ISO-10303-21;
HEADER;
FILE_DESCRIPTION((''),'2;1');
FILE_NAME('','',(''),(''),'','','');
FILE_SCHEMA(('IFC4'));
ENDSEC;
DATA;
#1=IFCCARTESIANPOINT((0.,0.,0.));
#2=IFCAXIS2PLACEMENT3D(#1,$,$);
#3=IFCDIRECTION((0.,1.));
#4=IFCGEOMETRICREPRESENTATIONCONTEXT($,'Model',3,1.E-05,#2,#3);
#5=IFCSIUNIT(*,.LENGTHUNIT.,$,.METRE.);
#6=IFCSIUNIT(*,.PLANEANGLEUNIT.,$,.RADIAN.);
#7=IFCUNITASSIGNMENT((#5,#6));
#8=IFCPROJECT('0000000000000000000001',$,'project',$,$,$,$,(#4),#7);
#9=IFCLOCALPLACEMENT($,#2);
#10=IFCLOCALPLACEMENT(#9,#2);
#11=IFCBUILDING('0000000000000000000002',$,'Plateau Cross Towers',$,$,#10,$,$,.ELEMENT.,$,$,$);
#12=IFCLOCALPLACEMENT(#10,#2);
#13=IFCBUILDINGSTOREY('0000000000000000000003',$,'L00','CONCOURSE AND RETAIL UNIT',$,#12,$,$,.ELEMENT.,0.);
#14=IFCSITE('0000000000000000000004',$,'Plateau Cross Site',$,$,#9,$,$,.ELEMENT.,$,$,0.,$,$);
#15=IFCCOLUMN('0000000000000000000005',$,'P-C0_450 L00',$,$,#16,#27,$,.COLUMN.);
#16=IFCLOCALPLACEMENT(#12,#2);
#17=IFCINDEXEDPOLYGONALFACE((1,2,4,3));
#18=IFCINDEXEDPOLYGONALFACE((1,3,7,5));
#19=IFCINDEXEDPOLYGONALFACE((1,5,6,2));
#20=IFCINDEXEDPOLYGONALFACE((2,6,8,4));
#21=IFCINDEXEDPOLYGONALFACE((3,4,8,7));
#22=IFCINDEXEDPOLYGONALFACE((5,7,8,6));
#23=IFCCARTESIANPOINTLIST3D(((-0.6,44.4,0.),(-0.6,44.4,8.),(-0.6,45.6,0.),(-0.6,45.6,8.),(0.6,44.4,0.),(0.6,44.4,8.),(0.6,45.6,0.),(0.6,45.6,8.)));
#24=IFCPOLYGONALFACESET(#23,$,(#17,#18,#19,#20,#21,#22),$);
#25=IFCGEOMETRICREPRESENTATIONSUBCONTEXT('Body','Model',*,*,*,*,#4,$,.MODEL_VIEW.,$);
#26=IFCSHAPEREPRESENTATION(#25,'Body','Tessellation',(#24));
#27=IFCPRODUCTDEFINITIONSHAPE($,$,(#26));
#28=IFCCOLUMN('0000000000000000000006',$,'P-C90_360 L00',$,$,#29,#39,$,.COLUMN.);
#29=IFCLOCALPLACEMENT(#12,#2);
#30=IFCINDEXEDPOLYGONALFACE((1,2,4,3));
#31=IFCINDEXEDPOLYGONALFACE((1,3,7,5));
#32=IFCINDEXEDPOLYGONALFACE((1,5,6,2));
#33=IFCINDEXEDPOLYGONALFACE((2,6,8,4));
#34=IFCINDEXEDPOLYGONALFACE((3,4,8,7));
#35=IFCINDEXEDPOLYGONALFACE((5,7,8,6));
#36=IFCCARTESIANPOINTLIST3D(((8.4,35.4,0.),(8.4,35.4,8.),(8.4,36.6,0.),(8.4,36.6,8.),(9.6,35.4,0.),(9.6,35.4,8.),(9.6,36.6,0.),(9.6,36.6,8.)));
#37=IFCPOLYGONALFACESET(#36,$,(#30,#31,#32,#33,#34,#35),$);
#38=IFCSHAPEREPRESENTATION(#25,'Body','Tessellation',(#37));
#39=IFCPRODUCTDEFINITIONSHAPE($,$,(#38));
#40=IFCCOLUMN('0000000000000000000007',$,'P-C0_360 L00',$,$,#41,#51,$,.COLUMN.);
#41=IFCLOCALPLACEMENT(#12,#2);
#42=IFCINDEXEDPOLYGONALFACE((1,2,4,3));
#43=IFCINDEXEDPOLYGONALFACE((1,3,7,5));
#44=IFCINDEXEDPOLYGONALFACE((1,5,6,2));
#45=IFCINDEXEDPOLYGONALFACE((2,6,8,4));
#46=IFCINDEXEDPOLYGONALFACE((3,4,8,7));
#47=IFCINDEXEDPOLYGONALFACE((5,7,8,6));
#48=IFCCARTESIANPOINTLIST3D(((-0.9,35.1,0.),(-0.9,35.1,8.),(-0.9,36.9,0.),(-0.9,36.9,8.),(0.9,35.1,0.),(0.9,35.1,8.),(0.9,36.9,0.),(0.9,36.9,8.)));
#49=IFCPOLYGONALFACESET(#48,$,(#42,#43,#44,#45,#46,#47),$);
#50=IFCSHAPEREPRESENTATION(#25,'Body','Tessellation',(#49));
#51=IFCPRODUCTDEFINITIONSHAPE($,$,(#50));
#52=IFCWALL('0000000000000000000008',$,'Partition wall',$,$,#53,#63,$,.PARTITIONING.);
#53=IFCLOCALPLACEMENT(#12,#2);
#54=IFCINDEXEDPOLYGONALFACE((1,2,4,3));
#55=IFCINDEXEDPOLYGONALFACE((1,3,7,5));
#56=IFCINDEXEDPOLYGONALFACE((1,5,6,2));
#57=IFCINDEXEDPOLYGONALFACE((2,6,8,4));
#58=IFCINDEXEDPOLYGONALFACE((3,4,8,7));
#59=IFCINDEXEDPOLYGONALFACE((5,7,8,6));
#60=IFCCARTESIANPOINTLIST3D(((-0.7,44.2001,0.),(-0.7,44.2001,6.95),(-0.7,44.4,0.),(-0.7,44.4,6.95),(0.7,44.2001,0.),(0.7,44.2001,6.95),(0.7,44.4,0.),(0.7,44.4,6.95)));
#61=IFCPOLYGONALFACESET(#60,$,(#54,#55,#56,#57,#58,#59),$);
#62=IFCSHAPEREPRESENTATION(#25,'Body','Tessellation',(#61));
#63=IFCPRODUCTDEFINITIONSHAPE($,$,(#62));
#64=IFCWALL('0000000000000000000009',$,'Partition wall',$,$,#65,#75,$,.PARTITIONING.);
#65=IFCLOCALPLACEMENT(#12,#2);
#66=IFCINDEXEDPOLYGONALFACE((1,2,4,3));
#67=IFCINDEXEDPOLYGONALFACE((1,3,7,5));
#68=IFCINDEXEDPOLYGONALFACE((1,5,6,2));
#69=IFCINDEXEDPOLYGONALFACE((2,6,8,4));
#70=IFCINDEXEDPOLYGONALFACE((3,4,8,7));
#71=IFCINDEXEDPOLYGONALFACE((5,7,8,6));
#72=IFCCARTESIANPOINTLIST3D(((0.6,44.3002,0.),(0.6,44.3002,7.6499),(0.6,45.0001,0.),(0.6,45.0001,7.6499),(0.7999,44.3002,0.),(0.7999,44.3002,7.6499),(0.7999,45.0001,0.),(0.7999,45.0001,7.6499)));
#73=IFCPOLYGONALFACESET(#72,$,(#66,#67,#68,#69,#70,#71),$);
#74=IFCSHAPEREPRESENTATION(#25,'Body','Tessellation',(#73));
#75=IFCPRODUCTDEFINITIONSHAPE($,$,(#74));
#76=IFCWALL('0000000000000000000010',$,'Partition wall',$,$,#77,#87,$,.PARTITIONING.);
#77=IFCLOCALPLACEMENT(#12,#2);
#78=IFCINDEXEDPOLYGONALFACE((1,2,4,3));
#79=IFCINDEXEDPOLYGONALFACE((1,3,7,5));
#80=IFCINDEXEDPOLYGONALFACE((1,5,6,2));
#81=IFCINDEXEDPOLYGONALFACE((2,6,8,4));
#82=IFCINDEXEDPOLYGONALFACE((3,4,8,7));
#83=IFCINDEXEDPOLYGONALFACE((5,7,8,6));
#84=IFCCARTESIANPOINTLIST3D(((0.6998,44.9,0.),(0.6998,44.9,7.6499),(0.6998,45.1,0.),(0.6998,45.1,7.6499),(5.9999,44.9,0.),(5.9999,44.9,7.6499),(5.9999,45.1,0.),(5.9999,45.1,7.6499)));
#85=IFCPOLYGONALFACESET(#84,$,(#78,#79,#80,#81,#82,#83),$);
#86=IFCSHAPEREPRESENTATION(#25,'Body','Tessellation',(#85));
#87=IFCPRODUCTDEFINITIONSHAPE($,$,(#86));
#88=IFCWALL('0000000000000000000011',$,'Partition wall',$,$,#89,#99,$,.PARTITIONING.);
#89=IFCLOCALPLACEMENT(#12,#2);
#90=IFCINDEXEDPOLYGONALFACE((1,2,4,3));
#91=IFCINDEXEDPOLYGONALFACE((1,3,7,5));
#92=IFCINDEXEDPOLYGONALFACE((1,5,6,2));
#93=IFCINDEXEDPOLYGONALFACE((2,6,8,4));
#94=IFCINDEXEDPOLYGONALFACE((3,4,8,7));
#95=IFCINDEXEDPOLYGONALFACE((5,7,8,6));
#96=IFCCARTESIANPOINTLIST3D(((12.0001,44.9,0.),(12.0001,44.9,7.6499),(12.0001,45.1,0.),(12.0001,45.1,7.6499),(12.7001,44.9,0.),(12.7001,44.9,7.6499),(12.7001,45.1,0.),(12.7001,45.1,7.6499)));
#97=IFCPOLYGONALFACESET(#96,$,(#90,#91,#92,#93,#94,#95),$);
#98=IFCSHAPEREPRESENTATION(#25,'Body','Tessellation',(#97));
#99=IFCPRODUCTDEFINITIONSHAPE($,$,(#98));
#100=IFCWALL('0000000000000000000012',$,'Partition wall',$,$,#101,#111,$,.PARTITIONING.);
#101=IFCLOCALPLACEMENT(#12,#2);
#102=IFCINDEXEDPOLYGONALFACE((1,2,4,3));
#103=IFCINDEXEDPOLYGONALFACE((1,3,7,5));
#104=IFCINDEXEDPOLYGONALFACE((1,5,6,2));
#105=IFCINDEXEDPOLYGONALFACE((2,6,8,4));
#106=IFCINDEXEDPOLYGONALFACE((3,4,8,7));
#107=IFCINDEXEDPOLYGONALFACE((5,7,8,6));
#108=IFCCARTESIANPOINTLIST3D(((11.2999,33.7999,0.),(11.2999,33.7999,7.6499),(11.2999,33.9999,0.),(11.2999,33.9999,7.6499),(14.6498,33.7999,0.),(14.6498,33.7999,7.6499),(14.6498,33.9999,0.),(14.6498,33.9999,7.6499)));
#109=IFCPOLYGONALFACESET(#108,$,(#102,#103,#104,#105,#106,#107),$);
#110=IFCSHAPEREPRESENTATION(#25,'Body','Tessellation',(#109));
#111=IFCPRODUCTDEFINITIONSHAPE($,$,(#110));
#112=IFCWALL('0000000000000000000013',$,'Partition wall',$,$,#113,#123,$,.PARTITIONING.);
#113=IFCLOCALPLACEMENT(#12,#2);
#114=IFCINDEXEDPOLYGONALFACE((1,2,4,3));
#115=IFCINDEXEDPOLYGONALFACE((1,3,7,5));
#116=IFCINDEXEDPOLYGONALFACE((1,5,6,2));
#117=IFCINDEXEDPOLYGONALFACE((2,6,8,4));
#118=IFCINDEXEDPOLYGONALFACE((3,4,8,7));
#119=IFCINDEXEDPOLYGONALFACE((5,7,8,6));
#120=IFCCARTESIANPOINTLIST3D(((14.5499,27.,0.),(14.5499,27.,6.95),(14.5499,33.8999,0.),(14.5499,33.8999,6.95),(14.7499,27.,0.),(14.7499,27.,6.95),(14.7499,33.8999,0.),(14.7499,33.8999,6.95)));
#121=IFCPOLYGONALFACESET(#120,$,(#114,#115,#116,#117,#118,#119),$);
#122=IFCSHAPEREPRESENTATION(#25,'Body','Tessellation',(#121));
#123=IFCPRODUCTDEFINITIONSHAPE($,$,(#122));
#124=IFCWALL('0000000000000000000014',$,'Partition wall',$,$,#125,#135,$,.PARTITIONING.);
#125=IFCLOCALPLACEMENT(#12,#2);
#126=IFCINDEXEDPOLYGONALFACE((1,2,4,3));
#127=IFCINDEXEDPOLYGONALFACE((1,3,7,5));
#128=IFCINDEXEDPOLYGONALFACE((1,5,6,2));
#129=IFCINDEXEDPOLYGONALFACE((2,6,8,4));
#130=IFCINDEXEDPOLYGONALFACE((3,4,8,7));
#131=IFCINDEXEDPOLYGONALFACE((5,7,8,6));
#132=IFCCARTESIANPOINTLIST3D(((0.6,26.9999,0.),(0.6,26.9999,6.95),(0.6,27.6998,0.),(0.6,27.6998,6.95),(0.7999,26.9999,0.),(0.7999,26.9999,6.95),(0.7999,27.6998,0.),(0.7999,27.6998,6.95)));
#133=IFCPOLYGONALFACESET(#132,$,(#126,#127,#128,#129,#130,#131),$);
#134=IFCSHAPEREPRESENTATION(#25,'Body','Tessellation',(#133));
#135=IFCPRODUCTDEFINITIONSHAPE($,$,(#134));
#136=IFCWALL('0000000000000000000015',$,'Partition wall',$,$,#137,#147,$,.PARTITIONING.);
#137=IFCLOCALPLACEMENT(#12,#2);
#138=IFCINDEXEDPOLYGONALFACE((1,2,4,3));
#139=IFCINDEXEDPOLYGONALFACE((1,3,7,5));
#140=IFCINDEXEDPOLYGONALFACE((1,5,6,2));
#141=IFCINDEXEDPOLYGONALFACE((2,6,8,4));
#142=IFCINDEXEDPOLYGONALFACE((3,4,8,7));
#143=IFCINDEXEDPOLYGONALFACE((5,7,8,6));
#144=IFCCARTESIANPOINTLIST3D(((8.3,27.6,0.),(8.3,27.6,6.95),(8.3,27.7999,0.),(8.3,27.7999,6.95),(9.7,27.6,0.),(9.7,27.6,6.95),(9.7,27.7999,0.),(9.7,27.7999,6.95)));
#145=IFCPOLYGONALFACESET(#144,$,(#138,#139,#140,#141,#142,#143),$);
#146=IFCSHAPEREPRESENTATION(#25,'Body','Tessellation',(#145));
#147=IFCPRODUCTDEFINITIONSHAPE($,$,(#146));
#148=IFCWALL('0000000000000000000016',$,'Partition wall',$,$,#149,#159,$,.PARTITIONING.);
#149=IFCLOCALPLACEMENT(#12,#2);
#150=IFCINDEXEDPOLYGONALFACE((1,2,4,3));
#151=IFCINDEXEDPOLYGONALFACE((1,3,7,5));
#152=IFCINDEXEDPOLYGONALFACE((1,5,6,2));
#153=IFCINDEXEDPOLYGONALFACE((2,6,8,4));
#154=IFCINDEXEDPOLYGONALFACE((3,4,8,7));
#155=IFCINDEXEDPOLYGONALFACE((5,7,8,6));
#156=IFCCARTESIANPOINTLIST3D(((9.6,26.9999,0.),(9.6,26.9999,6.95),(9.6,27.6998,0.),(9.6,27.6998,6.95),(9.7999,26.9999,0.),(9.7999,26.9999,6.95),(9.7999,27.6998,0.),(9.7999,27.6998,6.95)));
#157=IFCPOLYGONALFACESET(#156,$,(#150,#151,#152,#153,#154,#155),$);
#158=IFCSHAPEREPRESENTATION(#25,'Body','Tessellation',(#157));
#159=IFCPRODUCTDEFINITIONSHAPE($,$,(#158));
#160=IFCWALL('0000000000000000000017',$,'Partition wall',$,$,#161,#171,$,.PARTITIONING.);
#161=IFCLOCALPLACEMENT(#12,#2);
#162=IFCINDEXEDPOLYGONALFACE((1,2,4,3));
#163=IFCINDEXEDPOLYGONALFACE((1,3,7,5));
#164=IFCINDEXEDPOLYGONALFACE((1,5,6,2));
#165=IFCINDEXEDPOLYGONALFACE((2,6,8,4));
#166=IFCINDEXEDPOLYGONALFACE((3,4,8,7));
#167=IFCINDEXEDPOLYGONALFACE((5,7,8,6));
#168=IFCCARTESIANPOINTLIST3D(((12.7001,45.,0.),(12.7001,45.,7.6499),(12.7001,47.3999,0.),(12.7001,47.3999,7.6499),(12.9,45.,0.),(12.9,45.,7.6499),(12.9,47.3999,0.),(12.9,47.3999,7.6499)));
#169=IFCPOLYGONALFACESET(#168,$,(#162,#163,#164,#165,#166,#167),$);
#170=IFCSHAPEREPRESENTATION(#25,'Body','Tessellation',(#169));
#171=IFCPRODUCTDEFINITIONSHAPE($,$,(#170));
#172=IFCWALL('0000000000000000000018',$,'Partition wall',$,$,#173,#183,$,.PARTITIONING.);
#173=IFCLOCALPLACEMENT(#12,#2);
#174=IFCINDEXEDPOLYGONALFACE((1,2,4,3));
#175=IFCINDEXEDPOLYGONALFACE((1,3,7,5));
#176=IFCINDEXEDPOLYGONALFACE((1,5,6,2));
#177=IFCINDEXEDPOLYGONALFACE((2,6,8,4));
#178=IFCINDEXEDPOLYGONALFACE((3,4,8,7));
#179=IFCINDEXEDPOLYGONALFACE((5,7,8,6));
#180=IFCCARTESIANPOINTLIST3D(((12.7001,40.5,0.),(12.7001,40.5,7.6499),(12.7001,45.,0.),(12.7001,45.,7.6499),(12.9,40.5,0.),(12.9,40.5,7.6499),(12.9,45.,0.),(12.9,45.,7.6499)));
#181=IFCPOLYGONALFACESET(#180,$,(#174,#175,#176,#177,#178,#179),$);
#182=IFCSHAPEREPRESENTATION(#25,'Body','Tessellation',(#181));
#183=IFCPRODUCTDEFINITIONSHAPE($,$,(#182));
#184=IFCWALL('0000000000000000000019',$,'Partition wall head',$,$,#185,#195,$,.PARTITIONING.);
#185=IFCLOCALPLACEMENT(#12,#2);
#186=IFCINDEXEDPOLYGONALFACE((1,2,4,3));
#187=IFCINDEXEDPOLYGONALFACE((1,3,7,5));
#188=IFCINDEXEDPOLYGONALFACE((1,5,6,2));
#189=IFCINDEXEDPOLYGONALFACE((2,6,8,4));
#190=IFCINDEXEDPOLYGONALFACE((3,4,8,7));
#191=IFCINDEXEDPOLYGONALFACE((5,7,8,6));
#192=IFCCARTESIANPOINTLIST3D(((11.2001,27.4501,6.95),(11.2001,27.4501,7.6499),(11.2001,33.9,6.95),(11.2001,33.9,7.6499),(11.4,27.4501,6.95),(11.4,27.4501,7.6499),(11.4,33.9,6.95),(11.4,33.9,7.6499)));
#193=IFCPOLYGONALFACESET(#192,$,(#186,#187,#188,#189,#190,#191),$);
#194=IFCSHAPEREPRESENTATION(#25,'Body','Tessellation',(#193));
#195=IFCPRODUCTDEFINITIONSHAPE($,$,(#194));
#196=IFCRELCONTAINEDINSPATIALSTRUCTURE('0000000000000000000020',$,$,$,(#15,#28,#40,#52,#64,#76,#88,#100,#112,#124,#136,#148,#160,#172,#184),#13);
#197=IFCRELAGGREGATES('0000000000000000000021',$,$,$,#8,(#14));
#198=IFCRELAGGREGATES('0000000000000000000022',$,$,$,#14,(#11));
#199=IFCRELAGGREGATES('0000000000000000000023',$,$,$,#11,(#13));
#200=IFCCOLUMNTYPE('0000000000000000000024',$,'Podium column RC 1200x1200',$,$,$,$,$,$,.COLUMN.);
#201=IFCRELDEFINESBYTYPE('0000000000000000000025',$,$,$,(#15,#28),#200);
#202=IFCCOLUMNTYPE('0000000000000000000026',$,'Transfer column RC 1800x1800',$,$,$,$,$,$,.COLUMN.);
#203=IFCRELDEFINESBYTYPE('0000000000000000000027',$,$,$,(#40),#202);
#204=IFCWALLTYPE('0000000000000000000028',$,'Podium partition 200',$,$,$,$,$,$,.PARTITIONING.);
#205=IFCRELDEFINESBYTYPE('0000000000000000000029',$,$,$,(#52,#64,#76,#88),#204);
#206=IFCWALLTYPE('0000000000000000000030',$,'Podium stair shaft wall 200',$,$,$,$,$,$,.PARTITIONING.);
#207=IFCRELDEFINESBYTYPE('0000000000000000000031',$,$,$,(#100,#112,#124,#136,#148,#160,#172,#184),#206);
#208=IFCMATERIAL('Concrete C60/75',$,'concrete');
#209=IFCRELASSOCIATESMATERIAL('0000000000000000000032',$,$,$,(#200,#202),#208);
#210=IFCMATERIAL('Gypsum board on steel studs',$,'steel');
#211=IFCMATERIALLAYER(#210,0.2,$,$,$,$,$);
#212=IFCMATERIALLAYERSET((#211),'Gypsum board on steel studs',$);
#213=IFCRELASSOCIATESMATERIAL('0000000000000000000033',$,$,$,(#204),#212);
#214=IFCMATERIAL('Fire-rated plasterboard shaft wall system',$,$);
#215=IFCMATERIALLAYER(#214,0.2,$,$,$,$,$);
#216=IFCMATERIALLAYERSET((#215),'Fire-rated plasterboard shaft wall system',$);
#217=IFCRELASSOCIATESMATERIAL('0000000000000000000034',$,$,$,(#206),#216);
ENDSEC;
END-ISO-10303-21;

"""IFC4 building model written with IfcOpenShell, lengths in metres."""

from ifc_helpers import new_model, si_unit, direction, frame, frame_2d, origin, origin_2d, place, context, subcontext, project, spatial, rectangle, extrude, material, layer, layer_set, material_profile, profile_set, type_object, element, save


model = new_model("IFC4")

# Units and contexts
model_context = context("Model", 3, precision=1e-05, world=origin(), true_north=direction((0.0, 1.0)))
body_context = subcontext(model_context, "Body", "Model", "MODEL_VIEW")
ifc_project = project(units=[si_unit("LENGTHUNIT", "METRE"), si_unit("PLANEANGLEUNIT", "RADIAN")], contexts=[model_context])

# Site, building, storey
site_placement = place(None, origin())
site = spatial("IfcSite", under=ifc_project, at=site_placement, Name="Plateau Cross Site", CompositionType="ELEMENT", RefElevation=0.0)
building_placement = place(site_placement, origin())
building = spatial("IfcBuilding", under=site, at=building_placement, Name="Plateau Cross Towers", CompositionType="ELEMENT")
storey_placement = place(building_placement, origin())
storey = spatial("IfcBuildingStorey", under=building, at=storey_placement, Name="L00", Description="CONCOURSE AND RETAIL UNIT", CompositionType="ELEMENT", Elevation=0.0)

# Columns
ifc_material_1 = material(Name="Concrete C60/75", Category="concrete")
ifc_material_profile_1 = material_profile(ifc_material_1, rectangle(XDim=1.2, YDim=1.2, at=origin_2d()), Name="RC 1200x1200")
ifc_profile_set_1 = profile_set([ifc_material_profile_1], Name="Concrete C60/75")
column_type_1 = type_object("IfcColumnType", Name="Podium column RC 1200x1200", PredefinedType="COLUMN", material=ifc_profile_set_1)
for number, where, z_axis, x_axis, name in (
    (1, (0.0, 45.0, 0.0), (0.0, 0.0, 1.0), (1.0, 0.0, 0.0), "P-C0_450 L00"),
    (2, (9.0, 36.0, 0.0), (0.0, 0.0, 1.0), (1.0, 0.0, 0.0), "P-C90_360 L00"),
):
    element("IfcColumn", number, at=place(storey_placement, frame(where, z_axis=z_axis, x_axis=x_axis)), inside=storey, type_object=column_type_1, Name=name, PredefinedType="COLUMN", context=body_context, shape_type="SweptSolid", body=[
        extrude(rectangle(XDim=1.2, YDim=1.2, at=origin_2d()), origin(), (0.0, 0.0, 1.0), 8.0),
    ])
ifc_material_profile_2 = material_profile(ifc_material_1, rectangle(XDim=1.8, YDim=1.8, at=origin_2d()), Name="RC 1800x1800")
ifc_profile_set_2 = profile_set([ifc_material_profile_2], Name="Concrete C60/75")
column_type_2 = type_object("IfcColumnType", Name="Transfer column RC 1800x1800", PredefinedType="COLUMN", material=ifc_profile_set_2)
column_placement = place(storey_placement, frame((0.0, 36.0, 0.0), z_axis=(0.0, 0.0, 1.0), x_axis=(1.0, 0.0, 0.0)))
element("IfcColumn", 3, at=column_placement, inside=storey, type_object=column_type_2, Name="P-C0_360 L00", PredefinedType="COLUMN", context=body_context, shape_type="SweptSolid", body=[
    extrude(rectangle(XDim=1.8, YDim=1.8, at=origin_2d()), origin(), (0.0, 0.0, 1.0), 8.0),
])

# Walls
ifc_material_2 = material(Name="Gypsum board on steel studs", Category="steel")
ifc_layer_1 = layer(ifc_material_2, 0.2)
ifc_layer_set_1 = layer_set([ifc_layer_1], Name="Gypsum board on steel studs")
wall_type_1 = type_object("IfcWallType", Name="Podium partition 200", PredefinedType="PARTITIONING", material=ifc_layer_set_1)
wall_1_placement = place(storey_placement, frame((-0.7, 44.3, 0.0), z_axis=(0.0, 0.0, 1.0), x_axis=(1.0, 0.0, 0.0)))
element("IfcWall", 4, at=wall_1_placement, inside=storey, type_object=wall_type_1, Name="Partition wall", PredefinedType="PARTITIONING", context=body_context, shape_type="SweptSolid", body=[
    extrude(rectangle(XDim=1.3999, YDim=0.2, at=frame_2d((0.7, 0.0))), origin(), (0.0, 0.0, 1.0), 6.95),
])
wall_2_placement = place(storey_placement, frame((0.7, 44.3, 0.0), z_axis=(0.0, 0.0, 1.0), x_axis=(0.0, 1.0, 0.0)))
element("IfcWall", 5, at=wall_2_placement, inside=storey, type_object=wall_type_1, Name="Partition wall", PredefinedType="PARTITIONING", context=body_context, shape_type="SweptSolid", body=[
    extrude(rectangle(XDim=0.7, YDim=0.2, at=frame_2d((0.3501, 0.0))), origin(), (0.0, 0.0, 1.0), 7.6499),
])
wall_3_placement = place(storey_placement, frame((0.7, 45.0, 0.0), z_axis=(0.0, 0.0, 1.0), x_axis=(1.0, 0.0, 0.0)))
element("IfcWall", 6, at=wall_3_placement, inside=storey, type_object=wall_type_1, Name="Partition wall", PredefinedType="PARTITIONING", context=body_context, shape_type="SweptSolid", body=[
    extrude(rectangle(XDim=5.3, YDim=0.2, at=frame_2d((2.6499, 0.0))), origin(), (0.0, 0.0, 1.0), 7.6499),
])
wall_4_placement = place(storey_placement, frame((12.0, 45.0, 0.0), z_axis=(0.0, 0.0, 1.0), x_axis=(1.0, 0.0, 0.0)))
element("IfcWall", 7, at=wall_4_placement, inside=storey, type_object=wall_type_1, Name="Partition wall", PredefinedType="PARTITIONING", context=body_context, shape_type="SweptSolid", body=[
    extrude(rectangle(XDim=0.7, YDim=0.2, at=frame_2d((0.3501, 0.0))), origin(), (0.0, 0.0, 1.0), 7.6499),
])
ifc_material_3 = material(Name="Fire-rated plasterboard shaft wall system")
ifc_layer_2 = layer(ifc_material_3, 0.2)
ifc_layer_set_2 = layer_set([ifc_layer_2], Name="Fire-rated plasterboard shaft wall system")
wall_type_2 = type_object("IfcWallType", Name="Podium stair shaft wall 200", PredefinedType="PARTITIONING", material=ifc_layer_set_2)
wall_5_placement = place(storey_placement, frame((11.3, 33.8999, 0.0), z_axis=(0.0, 0.0, 1.0), x_axis=(1.0, 0.0, 0.0)))
element("IfcWall", 8, at=wall_5_placement, inside=storey, type_object=wall_type_2, Name="Partition wall", PredefinedType="PARTITIONING", context=body_context, shape_type="SweptSolid", body=[
    extrude(rectangle(XDim=3.3499, YDim=0.2, at=frame_2d((1.6748, 0.0))), origin(), (0.0, 0.0, 1.0), 7.6499),
])
wall_6_placement = place(storey_placement, frame((14.6499, 33.8999, 0.0), z_axis=(0.0, 0.0, 1.0), x_axis=(0.0, -1.0, 0.0)))
element("IfcWall", 9, at=wall_6_placement, inside=storey, type_object=wall_type_2, Name="Partition wall", PredefinedType="PARTITIONING", context=body_context, shape_type="SweptSolid", body=[
    extrude(rectangle(XDim=6.8999, YDim=0.2, at=frame_2d((3.45, 0.0))), origin(), (0.0, 0.0, 1.0), 6.95),
])
wall_7_placement = place(storey_placement, frame((0.7, 27.7, 0.0), z_axis=(0.0, 0.0, 1.0), x_axis=(0.0, -1.0, 0.0)))
element("IfcWall", 10, at=wall_7_placement, inside=storey, type_object=wall_type_2, Name="Partition wall", PredefinedType="PARTITIONING", context=body_context, shape_type="SweptSolid", body=[
    extrude(rectangle(XDim=0.7, YDim=0.2, at=frame_2d((0.3501, 0.0))), origin(), (0.0, 0.0, 1.0), 6.95),
])
wall_8_placement = place(storey_placement, frame((8.3, 27.7, 0.0), z_axis=(0.0, 0.0, 1.0), x_axis=(1.0, 0.0, 0.0)))
element("IfcWall", 11, at=wall_8_placement, inside=storey, type_object=wall_type_2, Name="Partition wall", PredefinedType="PARTITIONING", context=body_context, shape_type="SweptSolid", body=[
    extrude(rectangle(XDim=1.3999, YDim=0.2, at=frame_2d((0.7, 0.0))), origin(), (0.0, 0.0, 1.0), 6.95),
])
wall_9_placement = place(storey_placement, frame((9.7, 27.7, 0.0), z_axis=(0.0, 0.0, 1.0), x_axis=(0.0, -1.0, 0.0)))
element("IfcWall", 12, at=wall_9_placement, inside=storey, type_object=wall_type_2, Name="Partition wall", PredefinedType="PARTITIONING", context=body_context, shape_type="SweptSolid", body=[
    extrude(rectangle(XDim=0.7, YDim=0.2, at=frame_2d((0.3501, 0.0))), origin(), (0.0, 0.0, 1.0), 6.95),
])
wall_10_placement = place(storey_placement, frame((12.8, 45.0, 0.0), z_axis=(0.0, 0.0, 1.0), x_axis=(0.0, 1.0, 0.0)))
element("IfcWall", 13, at=wall_10_placement, inside=storey, type_object=wall_type_2, Name="Partition wall", PredefinedType="PARTITIONING", context=body_context, shape_type="SweptSolid", body=[
    extrude(rectangle(XDim=2.3999, YDim=0.2, at=frame_2d((1.2, 0.0))), origin(), (0.0, 0.0, 1.0), 7.6499),
])
wall_11_placement = place(storey_placement, frame((12.8, 40.5, 0.0), z_axis=(0.0, 0.0, 1.0), x_axis=(0.0, 1.0, 0.0)))
element("IfcWall", 14, at=wall_11_placement, inside=storey, type_object=wall_type_2, Name="Partition wall", PredefinedType="PARTITIONING", context=body_context, shape_type="SweptSolid", body=[
    extrude(rectangle(XDim=4.5, YDim=0.2, at=frame_2d((2.25, 0.0))), origin(), (0.0, 0.0, 1.0), 7.6499),
])
for number, where, z_axis, x_axis, name in (
    (15, (11.3, 27.45, 6.95), (0.0, 0.0, 1.0), (0.0, 1.0, 0.0), "Partition wall head"),
):
    element("IfcWall", number, at=place(storey_placement, frame(where, z_axis=z_axis, x_axis=x_axis)), inside=storey, type_object=wall_type_2, Name=name, PredefinedType="PARTITIONING", context=body_context, shape_type="SweptSolid", body=[
        extrude(rectangle(XDim=6.45, YDim=0.2, at=frame_2d((3.2251, 0.0))), origin(), (0.0, 0.0, 1.0), 0.7),
    ])

save(model, "model.ifc")
